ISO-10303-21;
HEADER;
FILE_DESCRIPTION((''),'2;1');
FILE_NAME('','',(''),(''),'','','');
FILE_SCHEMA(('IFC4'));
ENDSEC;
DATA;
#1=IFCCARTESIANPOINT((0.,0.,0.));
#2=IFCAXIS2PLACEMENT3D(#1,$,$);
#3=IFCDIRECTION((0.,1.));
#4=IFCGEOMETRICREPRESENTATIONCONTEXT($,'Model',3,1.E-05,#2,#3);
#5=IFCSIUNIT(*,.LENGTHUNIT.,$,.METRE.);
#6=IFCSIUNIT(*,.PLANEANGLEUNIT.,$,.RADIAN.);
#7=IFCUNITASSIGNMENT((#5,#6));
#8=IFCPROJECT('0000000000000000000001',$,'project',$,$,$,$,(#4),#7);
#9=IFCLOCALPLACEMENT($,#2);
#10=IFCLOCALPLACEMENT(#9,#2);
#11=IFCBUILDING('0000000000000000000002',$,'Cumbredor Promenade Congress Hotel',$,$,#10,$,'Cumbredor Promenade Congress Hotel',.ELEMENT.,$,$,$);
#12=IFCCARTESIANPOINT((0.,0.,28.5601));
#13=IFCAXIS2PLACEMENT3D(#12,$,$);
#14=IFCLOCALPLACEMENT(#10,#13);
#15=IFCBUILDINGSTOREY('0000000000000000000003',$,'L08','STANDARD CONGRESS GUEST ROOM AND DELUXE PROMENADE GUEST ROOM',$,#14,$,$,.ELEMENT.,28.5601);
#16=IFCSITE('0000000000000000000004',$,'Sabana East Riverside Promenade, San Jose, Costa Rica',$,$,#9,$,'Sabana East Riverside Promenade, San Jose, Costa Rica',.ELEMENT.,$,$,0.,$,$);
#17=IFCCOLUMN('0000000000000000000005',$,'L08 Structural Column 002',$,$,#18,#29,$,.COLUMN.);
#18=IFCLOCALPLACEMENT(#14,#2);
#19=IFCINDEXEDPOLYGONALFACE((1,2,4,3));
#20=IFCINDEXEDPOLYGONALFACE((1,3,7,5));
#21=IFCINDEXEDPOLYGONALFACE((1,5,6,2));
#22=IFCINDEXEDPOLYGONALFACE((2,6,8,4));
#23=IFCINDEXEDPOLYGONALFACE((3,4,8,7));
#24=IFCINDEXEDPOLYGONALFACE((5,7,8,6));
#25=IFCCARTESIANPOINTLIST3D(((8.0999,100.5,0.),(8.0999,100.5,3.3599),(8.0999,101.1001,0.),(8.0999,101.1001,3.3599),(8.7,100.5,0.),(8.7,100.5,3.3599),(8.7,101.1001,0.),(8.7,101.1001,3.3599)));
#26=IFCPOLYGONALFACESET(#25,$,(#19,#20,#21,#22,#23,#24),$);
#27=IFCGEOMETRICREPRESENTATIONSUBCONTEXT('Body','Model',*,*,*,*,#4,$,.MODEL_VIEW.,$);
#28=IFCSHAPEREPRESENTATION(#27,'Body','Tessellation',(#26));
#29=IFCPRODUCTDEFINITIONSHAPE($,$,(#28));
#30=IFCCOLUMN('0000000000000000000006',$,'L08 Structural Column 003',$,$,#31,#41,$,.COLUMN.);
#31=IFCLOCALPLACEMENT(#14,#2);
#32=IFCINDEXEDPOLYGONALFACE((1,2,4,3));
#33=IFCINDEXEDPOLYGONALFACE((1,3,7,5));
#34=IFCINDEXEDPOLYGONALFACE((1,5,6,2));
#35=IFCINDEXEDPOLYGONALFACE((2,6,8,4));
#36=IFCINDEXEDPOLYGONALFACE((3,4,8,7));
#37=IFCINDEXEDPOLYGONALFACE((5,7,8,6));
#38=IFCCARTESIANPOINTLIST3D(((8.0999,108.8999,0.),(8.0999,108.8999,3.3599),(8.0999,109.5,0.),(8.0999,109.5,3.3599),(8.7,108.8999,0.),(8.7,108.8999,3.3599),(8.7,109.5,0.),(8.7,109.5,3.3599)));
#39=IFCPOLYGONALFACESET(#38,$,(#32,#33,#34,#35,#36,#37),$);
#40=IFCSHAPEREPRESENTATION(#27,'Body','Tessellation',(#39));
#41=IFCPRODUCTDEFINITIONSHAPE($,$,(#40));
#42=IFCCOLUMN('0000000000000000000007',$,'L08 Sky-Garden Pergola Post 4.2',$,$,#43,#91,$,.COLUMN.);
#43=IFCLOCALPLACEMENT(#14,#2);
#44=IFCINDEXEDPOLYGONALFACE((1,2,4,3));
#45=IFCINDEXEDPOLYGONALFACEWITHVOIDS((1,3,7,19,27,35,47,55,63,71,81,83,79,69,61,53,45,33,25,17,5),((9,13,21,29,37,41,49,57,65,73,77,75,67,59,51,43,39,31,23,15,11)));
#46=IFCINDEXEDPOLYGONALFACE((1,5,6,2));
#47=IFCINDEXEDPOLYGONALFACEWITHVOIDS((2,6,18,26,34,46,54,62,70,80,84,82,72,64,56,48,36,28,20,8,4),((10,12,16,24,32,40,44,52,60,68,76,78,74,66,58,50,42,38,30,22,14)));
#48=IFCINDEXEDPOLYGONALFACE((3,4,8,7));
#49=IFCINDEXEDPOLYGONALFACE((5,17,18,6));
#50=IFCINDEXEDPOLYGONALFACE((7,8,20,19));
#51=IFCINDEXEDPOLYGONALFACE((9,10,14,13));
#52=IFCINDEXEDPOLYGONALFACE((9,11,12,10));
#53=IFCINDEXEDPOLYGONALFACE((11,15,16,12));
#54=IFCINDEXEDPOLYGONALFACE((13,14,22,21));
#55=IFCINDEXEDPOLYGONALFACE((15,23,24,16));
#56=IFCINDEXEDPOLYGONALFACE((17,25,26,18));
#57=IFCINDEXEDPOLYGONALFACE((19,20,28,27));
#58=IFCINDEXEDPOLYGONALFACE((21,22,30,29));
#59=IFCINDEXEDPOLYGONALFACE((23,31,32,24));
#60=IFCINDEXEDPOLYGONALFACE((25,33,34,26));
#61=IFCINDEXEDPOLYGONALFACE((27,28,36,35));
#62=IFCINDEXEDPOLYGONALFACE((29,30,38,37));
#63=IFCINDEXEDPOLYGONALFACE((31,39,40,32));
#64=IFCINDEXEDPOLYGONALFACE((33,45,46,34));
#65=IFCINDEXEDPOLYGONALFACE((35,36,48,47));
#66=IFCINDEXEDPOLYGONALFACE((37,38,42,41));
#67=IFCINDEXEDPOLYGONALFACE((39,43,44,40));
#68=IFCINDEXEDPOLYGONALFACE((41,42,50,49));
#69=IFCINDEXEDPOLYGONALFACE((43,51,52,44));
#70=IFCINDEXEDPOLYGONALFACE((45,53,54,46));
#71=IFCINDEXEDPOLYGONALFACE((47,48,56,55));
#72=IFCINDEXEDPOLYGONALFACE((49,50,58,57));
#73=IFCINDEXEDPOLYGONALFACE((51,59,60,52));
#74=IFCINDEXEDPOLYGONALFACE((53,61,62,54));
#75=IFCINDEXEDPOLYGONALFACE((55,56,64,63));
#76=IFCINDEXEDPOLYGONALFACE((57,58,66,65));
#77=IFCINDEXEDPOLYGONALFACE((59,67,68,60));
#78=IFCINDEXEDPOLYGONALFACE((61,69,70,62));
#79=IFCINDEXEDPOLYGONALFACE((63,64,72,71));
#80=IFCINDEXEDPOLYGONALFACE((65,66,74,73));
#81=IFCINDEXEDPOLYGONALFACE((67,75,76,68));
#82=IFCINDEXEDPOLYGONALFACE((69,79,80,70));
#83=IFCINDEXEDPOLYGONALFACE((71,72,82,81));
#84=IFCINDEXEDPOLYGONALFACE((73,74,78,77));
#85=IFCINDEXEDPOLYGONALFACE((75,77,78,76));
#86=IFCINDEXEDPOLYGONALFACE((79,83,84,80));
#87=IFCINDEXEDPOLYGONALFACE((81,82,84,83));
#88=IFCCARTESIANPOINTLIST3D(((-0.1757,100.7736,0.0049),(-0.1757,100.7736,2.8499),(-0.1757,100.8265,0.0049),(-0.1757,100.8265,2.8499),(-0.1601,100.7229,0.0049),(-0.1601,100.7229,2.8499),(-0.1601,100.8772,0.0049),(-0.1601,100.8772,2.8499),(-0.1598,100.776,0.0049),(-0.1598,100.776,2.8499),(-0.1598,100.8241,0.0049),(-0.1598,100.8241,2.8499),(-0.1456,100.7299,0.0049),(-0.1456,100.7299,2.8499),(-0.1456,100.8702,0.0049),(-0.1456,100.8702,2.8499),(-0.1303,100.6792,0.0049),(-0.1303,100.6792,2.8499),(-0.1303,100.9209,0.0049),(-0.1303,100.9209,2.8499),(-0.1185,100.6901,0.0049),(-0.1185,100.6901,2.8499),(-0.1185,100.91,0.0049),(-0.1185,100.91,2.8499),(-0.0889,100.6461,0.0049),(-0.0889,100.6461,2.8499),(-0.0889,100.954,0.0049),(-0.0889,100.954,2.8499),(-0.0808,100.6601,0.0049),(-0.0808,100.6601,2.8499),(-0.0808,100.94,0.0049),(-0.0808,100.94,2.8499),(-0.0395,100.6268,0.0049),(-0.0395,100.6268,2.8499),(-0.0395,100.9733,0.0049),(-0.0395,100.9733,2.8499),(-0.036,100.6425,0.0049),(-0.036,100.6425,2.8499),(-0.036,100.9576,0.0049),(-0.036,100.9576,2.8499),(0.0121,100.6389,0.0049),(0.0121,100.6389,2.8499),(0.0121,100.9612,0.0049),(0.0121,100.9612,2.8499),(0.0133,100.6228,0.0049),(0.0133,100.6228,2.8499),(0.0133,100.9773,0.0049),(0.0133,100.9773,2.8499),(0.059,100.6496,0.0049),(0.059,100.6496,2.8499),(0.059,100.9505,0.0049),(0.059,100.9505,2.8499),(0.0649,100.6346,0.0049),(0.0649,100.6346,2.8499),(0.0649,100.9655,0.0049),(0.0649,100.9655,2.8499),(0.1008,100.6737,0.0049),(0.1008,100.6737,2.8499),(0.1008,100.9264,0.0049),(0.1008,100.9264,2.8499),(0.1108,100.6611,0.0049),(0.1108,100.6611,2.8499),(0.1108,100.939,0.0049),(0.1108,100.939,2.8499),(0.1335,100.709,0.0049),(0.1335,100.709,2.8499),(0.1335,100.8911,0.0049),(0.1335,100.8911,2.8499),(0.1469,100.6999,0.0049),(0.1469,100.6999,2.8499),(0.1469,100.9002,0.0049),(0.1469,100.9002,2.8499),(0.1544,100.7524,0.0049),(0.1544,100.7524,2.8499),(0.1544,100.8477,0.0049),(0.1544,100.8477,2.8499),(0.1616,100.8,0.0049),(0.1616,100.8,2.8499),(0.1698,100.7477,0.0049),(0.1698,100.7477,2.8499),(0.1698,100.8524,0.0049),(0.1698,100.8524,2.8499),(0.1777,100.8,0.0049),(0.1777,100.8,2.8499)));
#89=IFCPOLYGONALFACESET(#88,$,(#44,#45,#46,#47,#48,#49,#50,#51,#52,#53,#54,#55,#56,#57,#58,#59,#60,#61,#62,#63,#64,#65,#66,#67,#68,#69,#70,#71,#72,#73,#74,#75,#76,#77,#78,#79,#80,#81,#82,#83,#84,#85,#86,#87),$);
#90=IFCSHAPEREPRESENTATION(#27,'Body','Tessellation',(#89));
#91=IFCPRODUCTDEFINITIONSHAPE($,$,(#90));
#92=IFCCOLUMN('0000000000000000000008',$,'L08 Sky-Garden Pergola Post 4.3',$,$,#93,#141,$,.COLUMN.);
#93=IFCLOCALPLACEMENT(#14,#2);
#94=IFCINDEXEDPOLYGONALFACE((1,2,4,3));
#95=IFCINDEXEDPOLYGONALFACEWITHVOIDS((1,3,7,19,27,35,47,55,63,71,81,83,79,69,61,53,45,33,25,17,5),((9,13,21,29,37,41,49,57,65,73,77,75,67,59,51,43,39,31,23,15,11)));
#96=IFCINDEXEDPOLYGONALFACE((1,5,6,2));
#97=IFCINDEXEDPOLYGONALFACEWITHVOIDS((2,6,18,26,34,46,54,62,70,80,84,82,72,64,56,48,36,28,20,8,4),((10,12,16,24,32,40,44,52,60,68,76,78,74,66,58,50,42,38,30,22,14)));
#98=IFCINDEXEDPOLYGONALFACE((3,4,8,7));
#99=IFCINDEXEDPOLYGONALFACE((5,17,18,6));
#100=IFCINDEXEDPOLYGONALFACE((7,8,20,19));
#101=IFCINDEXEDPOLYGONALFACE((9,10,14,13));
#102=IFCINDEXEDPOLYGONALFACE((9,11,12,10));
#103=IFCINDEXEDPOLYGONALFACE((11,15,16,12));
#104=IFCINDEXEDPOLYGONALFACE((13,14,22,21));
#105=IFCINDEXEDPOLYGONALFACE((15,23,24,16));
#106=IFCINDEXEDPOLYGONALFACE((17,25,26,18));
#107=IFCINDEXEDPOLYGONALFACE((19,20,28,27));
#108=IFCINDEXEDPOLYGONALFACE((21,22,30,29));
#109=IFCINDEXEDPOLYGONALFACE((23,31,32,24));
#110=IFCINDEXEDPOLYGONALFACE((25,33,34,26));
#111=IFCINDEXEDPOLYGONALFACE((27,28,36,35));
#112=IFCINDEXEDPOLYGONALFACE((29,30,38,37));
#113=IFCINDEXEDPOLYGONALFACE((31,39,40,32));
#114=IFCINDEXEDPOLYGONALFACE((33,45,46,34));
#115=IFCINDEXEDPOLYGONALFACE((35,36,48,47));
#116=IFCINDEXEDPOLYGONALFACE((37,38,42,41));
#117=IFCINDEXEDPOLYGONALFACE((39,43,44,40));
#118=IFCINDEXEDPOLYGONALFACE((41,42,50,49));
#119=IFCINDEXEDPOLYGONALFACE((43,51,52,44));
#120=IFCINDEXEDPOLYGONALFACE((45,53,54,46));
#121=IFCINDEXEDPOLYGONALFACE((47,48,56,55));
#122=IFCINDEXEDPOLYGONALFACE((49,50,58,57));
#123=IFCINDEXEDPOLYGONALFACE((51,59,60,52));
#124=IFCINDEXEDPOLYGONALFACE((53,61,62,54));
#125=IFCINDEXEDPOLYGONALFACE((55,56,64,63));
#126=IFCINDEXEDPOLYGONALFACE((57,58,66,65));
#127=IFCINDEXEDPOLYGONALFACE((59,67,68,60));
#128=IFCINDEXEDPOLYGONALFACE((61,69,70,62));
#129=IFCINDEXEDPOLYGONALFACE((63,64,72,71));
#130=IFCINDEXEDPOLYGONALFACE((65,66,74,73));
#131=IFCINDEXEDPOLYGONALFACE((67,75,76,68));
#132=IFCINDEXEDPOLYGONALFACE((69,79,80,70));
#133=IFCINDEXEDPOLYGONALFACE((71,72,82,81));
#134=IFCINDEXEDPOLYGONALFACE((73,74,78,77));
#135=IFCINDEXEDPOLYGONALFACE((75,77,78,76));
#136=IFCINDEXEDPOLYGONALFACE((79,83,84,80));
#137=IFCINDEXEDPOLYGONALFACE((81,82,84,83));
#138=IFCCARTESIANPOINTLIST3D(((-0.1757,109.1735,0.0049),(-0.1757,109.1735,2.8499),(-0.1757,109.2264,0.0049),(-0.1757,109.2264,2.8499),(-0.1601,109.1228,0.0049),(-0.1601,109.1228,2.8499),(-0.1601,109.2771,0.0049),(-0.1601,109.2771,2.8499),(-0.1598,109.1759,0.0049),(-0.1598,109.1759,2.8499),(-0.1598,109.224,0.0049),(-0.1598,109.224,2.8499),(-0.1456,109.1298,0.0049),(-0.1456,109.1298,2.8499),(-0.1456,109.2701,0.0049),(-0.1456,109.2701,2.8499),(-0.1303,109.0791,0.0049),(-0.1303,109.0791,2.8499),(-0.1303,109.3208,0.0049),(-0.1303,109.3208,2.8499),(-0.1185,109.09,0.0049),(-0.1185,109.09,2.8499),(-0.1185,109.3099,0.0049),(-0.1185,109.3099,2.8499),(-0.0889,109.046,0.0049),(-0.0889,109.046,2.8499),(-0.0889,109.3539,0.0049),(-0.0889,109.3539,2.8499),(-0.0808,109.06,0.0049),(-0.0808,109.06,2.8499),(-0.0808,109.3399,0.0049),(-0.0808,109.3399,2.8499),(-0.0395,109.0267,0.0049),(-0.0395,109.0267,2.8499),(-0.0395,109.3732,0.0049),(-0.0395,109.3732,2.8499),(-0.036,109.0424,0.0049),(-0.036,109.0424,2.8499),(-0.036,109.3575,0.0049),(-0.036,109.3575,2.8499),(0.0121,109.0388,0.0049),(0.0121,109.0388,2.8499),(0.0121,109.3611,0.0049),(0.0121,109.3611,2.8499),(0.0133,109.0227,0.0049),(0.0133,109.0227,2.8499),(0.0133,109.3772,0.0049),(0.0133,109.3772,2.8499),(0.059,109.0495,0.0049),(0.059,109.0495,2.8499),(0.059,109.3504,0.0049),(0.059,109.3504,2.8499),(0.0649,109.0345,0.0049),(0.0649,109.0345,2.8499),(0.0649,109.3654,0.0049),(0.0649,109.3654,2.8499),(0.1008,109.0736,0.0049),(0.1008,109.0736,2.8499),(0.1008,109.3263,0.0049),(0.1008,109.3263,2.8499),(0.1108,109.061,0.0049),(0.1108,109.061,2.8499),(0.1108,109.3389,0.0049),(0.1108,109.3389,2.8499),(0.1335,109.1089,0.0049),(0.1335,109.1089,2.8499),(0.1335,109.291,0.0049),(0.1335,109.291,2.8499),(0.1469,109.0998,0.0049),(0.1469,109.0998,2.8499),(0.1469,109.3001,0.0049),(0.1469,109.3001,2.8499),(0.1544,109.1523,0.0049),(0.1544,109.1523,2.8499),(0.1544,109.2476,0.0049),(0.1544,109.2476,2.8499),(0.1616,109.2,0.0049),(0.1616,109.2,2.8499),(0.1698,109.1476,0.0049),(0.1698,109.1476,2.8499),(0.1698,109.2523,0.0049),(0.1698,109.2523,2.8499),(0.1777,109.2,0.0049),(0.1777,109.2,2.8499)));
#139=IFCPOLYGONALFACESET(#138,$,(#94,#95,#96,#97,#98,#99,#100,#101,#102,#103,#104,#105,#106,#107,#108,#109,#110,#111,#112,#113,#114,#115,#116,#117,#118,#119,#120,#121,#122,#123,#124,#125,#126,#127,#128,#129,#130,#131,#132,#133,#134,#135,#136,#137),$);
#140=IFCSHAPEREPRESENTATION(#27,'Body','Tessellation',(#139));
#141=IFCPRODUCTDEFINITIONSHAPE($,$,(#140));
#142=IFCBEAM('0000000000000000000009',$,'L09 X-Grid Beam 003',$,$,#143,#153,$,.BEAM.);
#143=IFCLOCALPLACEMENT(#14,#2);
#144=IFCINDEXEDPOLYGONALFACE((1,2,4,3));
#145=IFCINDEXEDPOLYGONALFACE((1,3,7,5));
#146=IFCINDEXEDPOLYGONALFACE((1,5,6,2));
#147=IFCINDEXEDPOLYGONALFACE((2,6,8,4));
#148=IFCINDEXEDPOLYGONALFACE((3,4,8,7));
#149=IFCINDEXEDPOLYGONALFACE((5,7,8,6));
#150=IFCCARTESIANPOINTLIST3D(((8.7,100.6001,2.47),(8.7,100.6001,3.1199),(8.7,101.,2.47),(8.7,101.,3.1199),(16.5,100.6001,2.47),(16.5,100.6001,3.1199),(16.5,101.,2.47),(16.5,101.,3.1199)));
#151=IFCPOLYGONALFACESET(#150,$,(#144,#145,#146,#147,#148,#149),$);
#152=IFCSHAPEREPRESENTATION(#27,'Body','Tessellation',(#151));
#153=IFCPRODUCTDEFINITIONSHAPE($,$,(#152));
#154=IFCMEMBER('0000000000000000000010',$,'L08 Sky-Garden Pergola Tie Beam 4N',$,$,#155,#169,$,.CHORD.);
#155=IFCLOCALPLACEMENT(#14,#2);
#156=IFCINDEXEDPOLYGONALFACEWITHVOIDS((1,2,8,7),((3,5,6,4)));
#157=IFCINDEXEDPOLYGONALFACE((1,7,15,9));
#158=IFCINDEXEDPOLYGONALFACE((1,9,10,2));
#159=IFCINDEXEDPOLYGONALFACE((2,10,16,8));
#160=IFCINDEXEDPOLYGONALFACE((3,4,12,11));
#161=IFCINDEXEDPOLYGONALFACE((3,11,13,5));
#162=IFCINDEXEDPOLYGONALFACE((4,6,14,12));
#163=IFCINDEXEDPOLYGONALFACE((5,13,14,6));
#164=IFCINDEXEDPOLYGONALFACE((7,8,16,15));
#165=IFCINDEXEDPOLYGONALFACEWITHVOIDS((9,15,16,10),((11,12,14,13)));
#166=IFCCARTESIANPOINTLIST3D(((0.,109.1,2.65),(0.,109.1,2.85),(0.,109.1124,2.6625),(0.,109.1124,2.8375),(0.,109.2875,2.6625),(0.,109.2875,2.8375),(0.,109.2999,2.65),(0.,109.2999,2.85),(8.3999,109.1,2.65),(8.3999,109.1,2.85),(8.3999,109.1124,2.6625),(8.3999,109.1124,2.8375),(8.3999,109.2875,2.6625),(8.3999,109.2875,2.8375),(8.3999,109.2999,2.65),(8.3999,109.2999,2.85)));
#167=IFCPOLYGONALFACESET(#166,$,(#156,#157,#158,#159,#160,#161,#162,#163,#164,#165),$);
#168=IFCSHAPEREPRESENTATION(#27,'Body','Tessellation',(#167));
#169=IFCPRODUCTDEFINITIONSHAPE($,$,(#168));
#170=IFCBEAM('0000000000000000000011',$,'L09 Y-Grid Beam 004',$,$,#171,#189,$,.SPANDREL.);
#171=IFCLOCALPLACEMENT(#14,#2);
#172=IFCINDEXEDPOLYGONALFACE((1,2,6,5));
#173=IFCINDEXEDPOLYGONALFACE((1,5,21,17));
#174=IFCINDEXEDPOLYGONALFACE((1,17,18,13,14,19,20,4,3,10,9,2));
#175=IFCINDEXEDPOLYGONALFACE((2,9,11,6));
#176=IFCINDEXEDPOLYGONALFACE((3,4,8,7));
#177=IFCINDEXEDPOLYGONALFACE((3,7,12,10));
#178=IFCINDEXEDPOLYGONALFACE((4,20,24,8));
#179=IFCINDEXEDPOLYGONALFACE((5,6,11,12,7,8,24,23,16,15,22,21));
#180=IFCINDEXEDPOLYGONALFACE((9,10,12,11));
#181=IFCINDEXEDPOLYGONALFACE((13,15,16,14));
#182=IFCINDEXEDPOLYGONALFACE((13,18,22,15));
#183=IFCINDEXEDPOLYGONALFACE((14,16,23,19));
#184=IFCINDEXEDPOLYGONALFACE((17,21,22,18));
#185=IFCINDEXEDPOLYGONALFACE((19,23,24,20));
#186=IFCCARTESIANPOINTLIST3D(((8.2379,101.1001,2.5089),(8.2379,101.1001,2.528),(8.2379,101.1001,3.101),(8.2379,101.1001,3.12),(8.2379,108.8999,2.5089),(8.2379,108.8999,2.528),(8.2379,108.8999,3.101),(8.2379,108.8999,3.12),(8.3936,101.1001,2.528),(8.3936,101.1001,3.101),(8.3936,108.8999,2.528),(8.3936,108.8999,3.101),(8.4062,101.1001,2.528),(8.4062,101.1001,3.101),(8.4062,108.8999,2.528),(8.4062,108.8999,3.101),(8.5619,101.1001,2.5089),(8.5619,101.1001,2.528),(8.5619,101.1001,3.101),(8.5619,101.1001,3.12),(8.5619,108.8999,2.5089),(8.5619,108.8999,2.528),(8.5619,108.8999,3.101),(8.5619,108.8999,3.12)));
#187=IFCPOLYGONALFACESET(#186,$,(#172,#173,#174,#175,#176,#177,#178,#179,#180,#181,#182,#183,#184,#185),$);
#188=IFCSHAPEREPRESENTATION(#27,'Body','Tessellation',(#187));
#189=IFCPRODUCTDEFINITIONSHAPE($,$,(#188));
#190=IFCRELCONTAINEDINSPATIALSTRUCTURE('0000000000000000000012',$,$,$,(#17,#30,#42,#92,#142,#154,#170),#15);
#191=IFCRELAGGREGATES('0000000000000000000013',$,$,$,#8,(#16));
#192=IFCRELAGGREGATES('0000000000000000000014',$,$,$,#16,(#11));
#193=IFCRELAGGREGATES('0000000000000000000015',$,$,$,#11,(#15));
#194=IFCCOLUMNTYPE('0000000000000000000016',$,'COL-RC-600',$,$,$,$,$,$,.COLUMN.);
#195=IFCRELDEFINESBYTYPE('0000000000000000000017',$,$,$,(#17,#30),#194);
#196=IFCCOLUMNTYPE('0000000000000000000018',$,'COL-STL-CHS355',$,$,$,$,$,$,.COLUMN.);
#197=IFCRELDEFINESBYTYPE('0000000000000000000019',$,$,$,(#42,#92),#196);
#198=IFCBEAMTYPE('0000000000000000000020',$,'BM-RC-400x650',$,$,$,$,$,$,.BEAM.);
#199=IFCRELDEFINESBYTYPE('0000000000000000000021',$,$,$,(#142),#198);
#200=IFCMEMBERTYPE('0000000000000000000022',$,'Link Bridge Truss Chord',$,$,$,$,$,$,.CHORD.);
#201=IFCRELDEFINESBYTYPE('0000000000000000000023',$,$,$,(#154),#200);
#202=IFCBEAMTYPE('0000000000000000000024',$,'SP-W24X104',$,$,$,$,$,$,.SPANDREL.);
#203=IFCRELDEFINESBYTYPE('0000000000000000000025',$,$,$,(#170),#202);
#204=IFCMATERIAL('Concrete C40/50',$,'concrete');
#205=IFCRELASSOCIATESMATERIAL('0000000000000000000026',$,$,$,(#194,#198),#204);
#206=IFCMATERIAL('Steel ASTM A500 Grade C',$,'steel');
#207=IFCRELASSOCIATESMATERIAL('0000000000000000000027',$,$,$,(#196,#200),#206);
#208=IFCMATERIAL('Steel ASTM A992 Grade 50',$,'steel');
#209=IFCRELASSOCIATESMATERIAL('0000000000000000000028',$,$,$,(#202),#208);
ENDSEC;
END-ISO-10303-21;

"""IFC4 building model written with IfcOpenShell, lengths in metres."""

from ifc_helpers import new_model, si_unit, direction, frame, origin, origin_2d, place, context, subcontext, project, spatial, rectangle, hollow_rectangle, hollow_circle, i_section, extrude, material, material_profile, profile_set, type_object, element, save


model = new_model("IFC4")

# Units and contexts
model_context = context("Model", 3, precision=1e-05, world=origin(), true_north=direction((0.0, 1.0)))
body_context = subcontext(model_context, "Body", "Model", "MODEL_VIEW")
ifc_project = project(units=[si_unit("LENGTHUNIT", "METRE"), si_unit("PLANEANGLEUNIT", "RADIAN")], contexts=[model_context])

# Site, building, storey
site_placement = place(None, origin())
site = spatial("IfcSite", under=ifc_project, at=site_placement, Name="Sabana East Riverside Promenade, San Jose, Costa Rica", LongName="Sabana East Riverside Promenade, San Jose, Costa Rica", CompositionType="ELEMENT", RefElevation=0.0)
building_placement = place(site_placement, origin())
building = spatial("IfcBuilding", under=site, at=building_placement, Name="Cumbredor Promenade Congress Hotel", LongName="Cumbredor Promenade Congress Hotel", CompositionType="ELEMENT")
storey_placement = place(building_placement, frame((0.0, 0.0, 28.5601)))
storey = spatial("IfcBuildingStorey", under=building, at=storey_placement, Name="L08", Description="STANDARD CONGRESS GUEST ROOM AND DELUXE PROMENADE GUEST ROOM", CompositionType="ELEMENT", Elevation=28.5601)

# Columns
ifc_material_1 = material(Name="Concrete C40/50", Category="concrete")
ifc_material_profile_1 = material_profile(ifc_material_1, rectangle(XDim=0.6001, YDim=0.6001, at=origin_2d()), Name="RC 600x600")
ifc_profile_set_1 = profile_set([ifc_material_profile_1], Name="Concrete C40/50")
column_type_1 = type_object("IfcColumnType", Name="COL-RC-600", PredefinedType="COLUMN", material=ifc_profile_set_1)
for number, where, z_axis, x_axis, name in (
    (1, (8.3999, 100.8, 0.0), (0.0, 0.0, 1.0), (1.0, 0.0, 0.0), "L08 Structural Column 002"),
    (2, (8.3999, 109.2, 0.0), (0.0, 0.0, 1.0), (1.0, 0.0, 0.0), "L08 Structural Column 003"),
):
    element("IfcColumn", number, at=place(storey_placement, frame(where, z_axis=z_axis, x_axis=x_axis)), inside=storey, type_object=column_type_1, Name=name, PredefinedType="COLUMN", context=body_context, shape_type="SweptSolid", body=[
        extrude(rectangle(XDim=0.6001, YDim=0.6001, at=origin_2d()), origin(), (0.0, 0.0, 1.0), 3.3599),
    ])
ifc_material_2 = material(Name="Steel ASTM A500 Grade C", Category="steel")
ifc_material_profile_2 = material_profile(ifc_material_2, hollow_circle(Radius=0.1777, WallThickness=0.0161, at=origin_2d()), Name="CHS 355.6x16")
ifc_profile_set_2 = profile_set([ifc_material_profile_2], Name="Steel ASTM A500 Grade C")
column_type_2 = type_object("IfcColumnType", Name="COL-STL-CHS355", PredefinedType="COLUMN", material=ifc_profile_set_2)
for number, where, z_axis, x_axis, name in (
    (3, (0.0, 100.8, 0.0049), (0.0, 0.0, 1.0), (1.0, 0.0, 0.0), "L08 Sky-Garden Pergola Post 4.2"),
    (4, (0.0, 109.2, 0.0049), (0.0, 0.0, 1.0), (1.0, 0.0, 0.0), "L08 Sky-Garden Pergola Post 4.3"),
):
    element("IfcColumn", number, at=place(storey_placement, frame(where, z_axis=z_axis, x_axis=x_axis)), inside=storey, type_object=column_type_2, Name=name, PredefinedType="COLUMN", context=body_context, shape_type="SweptSolid", body=[
        extrude(hollow_circle(Radius=0.1777, WallThickness=0.0161, at=origin_2d()), origin(), (0.0, 0.0, 1.0), 2.845),
    ])

# Beam
ifc_material_profile_3 = material_profile(ifc_material_1, rectangle(XDim=0.3999, YDim=0.6499, at=origin_2d()), Name="RC BEAM 400x650")
ifc_profile_set_3 = profile_set([ifc_material_profile_3], Name="Concrete C40/50")
beam_type_1 = type_object("IfcBeamType", Name="BM-RC-400x650", PredefinedType="BEAM", material=ifc_profile_set_3)
beam_1_placement = place(storey_placement, frame((8.7, 100.8, 2.7949), z_axis=(1.0, 0.0, 0.0), x_axis=(0.0, 1.0, 0.0)))
element("IfcBeam", 5, at=beam_1_placement, inside=storey, type_object=beam_type_1, Name="L09 X-Grid Beam 003", PredefinedType="BEAM", context=body_context, shape_type="SweptSolid", body=[
    extrude(rectangle(XDim=0.3999, YDim=0.6499, at=origin_2d()), origin(), (0.0, 0.0, 1.0), 7.8),
])

# Member
ifc_material_profile_4 = material_profile(ifc_material_2, hollow_rectangle(XDim=0.2, YDim=0.2, WallThickness=0.0125, at=origin_2d()), Name="HSS 200x200x12.5")
ifc_profile_set_4 = profile_set([ifc_material_profile_4], Name="Steel ASTM A500 Grade C")
member_type = type_object("IfcMemberType", Name="Link Bridge Truss Chord", PredefinedType="CHORD", material=ifc_profile_set_4)
member_placement = place(storey_placement, frame((0.0, 109.2, 2.75), z_axis=(1.0, 0.0, 0.0), x_axis=(0.0, 1.0, 0.0)))
element("IfcMember", 6, at=member_placement, inside=storey, type_object=member_type, Name="L08 Sky-Garden Pergola Tie Beam 4N", PredefinedType="CHORD", context=body_context, shape_type="SweptSolid", body=[
    extrude(hollow_rectangle(XDim=0.2, YDim=0.2, WallThickness=0.0125, at=origin_2d()), origin(), (0.0, 0.0, 1.0), 8.3999),
])

# Beam
ifc_material_3 = material(Name="Steel ASTM A992 Grade 50", Category="steel")
ifc_material_profile_5 = material_profile(ifc_material_3, i_section(OverallWidth=0.324, OverallDepth=0.6111, WebThickness=0.0127, FlangeThickness=0.019, at=origin_2d()), Name="W24X104")
ifc_profile_set_5 = profile_set([ifc_material_profile_5], Name="Steel ASTM A992 Grade 50")
beam_type_2 = type_object("IfcBeamType", Name="SP-W24X104", PredefinedType="SPANDREL", material=ifc_profile_set_5)
beam_2_placement = place(storey_placement, frame((8.3999, 101.1001, 2.8145), z_axis=(0.0, 1.0, 0.0), x_axis=(-1.0, 0.0, 0.0)))
element("IfcBeam", 7, at=beam_2_placement, inside=storey, type_object=beam_type_2, Name="L09 Y-Grid Beam 004", PredefinedType="SPANDREL", context=body_context, shape_type="SweptSolid", body=[
    extrude(i_section(OverallWidth=0.324, OverallDepth=0.6111, WebThickness=0.0127, FlangeThickness=0.019, at=origin_2d()), origin(), (0.0, 0.0, 1.0), 7.7998),
])

save(model, "model.ifc")
